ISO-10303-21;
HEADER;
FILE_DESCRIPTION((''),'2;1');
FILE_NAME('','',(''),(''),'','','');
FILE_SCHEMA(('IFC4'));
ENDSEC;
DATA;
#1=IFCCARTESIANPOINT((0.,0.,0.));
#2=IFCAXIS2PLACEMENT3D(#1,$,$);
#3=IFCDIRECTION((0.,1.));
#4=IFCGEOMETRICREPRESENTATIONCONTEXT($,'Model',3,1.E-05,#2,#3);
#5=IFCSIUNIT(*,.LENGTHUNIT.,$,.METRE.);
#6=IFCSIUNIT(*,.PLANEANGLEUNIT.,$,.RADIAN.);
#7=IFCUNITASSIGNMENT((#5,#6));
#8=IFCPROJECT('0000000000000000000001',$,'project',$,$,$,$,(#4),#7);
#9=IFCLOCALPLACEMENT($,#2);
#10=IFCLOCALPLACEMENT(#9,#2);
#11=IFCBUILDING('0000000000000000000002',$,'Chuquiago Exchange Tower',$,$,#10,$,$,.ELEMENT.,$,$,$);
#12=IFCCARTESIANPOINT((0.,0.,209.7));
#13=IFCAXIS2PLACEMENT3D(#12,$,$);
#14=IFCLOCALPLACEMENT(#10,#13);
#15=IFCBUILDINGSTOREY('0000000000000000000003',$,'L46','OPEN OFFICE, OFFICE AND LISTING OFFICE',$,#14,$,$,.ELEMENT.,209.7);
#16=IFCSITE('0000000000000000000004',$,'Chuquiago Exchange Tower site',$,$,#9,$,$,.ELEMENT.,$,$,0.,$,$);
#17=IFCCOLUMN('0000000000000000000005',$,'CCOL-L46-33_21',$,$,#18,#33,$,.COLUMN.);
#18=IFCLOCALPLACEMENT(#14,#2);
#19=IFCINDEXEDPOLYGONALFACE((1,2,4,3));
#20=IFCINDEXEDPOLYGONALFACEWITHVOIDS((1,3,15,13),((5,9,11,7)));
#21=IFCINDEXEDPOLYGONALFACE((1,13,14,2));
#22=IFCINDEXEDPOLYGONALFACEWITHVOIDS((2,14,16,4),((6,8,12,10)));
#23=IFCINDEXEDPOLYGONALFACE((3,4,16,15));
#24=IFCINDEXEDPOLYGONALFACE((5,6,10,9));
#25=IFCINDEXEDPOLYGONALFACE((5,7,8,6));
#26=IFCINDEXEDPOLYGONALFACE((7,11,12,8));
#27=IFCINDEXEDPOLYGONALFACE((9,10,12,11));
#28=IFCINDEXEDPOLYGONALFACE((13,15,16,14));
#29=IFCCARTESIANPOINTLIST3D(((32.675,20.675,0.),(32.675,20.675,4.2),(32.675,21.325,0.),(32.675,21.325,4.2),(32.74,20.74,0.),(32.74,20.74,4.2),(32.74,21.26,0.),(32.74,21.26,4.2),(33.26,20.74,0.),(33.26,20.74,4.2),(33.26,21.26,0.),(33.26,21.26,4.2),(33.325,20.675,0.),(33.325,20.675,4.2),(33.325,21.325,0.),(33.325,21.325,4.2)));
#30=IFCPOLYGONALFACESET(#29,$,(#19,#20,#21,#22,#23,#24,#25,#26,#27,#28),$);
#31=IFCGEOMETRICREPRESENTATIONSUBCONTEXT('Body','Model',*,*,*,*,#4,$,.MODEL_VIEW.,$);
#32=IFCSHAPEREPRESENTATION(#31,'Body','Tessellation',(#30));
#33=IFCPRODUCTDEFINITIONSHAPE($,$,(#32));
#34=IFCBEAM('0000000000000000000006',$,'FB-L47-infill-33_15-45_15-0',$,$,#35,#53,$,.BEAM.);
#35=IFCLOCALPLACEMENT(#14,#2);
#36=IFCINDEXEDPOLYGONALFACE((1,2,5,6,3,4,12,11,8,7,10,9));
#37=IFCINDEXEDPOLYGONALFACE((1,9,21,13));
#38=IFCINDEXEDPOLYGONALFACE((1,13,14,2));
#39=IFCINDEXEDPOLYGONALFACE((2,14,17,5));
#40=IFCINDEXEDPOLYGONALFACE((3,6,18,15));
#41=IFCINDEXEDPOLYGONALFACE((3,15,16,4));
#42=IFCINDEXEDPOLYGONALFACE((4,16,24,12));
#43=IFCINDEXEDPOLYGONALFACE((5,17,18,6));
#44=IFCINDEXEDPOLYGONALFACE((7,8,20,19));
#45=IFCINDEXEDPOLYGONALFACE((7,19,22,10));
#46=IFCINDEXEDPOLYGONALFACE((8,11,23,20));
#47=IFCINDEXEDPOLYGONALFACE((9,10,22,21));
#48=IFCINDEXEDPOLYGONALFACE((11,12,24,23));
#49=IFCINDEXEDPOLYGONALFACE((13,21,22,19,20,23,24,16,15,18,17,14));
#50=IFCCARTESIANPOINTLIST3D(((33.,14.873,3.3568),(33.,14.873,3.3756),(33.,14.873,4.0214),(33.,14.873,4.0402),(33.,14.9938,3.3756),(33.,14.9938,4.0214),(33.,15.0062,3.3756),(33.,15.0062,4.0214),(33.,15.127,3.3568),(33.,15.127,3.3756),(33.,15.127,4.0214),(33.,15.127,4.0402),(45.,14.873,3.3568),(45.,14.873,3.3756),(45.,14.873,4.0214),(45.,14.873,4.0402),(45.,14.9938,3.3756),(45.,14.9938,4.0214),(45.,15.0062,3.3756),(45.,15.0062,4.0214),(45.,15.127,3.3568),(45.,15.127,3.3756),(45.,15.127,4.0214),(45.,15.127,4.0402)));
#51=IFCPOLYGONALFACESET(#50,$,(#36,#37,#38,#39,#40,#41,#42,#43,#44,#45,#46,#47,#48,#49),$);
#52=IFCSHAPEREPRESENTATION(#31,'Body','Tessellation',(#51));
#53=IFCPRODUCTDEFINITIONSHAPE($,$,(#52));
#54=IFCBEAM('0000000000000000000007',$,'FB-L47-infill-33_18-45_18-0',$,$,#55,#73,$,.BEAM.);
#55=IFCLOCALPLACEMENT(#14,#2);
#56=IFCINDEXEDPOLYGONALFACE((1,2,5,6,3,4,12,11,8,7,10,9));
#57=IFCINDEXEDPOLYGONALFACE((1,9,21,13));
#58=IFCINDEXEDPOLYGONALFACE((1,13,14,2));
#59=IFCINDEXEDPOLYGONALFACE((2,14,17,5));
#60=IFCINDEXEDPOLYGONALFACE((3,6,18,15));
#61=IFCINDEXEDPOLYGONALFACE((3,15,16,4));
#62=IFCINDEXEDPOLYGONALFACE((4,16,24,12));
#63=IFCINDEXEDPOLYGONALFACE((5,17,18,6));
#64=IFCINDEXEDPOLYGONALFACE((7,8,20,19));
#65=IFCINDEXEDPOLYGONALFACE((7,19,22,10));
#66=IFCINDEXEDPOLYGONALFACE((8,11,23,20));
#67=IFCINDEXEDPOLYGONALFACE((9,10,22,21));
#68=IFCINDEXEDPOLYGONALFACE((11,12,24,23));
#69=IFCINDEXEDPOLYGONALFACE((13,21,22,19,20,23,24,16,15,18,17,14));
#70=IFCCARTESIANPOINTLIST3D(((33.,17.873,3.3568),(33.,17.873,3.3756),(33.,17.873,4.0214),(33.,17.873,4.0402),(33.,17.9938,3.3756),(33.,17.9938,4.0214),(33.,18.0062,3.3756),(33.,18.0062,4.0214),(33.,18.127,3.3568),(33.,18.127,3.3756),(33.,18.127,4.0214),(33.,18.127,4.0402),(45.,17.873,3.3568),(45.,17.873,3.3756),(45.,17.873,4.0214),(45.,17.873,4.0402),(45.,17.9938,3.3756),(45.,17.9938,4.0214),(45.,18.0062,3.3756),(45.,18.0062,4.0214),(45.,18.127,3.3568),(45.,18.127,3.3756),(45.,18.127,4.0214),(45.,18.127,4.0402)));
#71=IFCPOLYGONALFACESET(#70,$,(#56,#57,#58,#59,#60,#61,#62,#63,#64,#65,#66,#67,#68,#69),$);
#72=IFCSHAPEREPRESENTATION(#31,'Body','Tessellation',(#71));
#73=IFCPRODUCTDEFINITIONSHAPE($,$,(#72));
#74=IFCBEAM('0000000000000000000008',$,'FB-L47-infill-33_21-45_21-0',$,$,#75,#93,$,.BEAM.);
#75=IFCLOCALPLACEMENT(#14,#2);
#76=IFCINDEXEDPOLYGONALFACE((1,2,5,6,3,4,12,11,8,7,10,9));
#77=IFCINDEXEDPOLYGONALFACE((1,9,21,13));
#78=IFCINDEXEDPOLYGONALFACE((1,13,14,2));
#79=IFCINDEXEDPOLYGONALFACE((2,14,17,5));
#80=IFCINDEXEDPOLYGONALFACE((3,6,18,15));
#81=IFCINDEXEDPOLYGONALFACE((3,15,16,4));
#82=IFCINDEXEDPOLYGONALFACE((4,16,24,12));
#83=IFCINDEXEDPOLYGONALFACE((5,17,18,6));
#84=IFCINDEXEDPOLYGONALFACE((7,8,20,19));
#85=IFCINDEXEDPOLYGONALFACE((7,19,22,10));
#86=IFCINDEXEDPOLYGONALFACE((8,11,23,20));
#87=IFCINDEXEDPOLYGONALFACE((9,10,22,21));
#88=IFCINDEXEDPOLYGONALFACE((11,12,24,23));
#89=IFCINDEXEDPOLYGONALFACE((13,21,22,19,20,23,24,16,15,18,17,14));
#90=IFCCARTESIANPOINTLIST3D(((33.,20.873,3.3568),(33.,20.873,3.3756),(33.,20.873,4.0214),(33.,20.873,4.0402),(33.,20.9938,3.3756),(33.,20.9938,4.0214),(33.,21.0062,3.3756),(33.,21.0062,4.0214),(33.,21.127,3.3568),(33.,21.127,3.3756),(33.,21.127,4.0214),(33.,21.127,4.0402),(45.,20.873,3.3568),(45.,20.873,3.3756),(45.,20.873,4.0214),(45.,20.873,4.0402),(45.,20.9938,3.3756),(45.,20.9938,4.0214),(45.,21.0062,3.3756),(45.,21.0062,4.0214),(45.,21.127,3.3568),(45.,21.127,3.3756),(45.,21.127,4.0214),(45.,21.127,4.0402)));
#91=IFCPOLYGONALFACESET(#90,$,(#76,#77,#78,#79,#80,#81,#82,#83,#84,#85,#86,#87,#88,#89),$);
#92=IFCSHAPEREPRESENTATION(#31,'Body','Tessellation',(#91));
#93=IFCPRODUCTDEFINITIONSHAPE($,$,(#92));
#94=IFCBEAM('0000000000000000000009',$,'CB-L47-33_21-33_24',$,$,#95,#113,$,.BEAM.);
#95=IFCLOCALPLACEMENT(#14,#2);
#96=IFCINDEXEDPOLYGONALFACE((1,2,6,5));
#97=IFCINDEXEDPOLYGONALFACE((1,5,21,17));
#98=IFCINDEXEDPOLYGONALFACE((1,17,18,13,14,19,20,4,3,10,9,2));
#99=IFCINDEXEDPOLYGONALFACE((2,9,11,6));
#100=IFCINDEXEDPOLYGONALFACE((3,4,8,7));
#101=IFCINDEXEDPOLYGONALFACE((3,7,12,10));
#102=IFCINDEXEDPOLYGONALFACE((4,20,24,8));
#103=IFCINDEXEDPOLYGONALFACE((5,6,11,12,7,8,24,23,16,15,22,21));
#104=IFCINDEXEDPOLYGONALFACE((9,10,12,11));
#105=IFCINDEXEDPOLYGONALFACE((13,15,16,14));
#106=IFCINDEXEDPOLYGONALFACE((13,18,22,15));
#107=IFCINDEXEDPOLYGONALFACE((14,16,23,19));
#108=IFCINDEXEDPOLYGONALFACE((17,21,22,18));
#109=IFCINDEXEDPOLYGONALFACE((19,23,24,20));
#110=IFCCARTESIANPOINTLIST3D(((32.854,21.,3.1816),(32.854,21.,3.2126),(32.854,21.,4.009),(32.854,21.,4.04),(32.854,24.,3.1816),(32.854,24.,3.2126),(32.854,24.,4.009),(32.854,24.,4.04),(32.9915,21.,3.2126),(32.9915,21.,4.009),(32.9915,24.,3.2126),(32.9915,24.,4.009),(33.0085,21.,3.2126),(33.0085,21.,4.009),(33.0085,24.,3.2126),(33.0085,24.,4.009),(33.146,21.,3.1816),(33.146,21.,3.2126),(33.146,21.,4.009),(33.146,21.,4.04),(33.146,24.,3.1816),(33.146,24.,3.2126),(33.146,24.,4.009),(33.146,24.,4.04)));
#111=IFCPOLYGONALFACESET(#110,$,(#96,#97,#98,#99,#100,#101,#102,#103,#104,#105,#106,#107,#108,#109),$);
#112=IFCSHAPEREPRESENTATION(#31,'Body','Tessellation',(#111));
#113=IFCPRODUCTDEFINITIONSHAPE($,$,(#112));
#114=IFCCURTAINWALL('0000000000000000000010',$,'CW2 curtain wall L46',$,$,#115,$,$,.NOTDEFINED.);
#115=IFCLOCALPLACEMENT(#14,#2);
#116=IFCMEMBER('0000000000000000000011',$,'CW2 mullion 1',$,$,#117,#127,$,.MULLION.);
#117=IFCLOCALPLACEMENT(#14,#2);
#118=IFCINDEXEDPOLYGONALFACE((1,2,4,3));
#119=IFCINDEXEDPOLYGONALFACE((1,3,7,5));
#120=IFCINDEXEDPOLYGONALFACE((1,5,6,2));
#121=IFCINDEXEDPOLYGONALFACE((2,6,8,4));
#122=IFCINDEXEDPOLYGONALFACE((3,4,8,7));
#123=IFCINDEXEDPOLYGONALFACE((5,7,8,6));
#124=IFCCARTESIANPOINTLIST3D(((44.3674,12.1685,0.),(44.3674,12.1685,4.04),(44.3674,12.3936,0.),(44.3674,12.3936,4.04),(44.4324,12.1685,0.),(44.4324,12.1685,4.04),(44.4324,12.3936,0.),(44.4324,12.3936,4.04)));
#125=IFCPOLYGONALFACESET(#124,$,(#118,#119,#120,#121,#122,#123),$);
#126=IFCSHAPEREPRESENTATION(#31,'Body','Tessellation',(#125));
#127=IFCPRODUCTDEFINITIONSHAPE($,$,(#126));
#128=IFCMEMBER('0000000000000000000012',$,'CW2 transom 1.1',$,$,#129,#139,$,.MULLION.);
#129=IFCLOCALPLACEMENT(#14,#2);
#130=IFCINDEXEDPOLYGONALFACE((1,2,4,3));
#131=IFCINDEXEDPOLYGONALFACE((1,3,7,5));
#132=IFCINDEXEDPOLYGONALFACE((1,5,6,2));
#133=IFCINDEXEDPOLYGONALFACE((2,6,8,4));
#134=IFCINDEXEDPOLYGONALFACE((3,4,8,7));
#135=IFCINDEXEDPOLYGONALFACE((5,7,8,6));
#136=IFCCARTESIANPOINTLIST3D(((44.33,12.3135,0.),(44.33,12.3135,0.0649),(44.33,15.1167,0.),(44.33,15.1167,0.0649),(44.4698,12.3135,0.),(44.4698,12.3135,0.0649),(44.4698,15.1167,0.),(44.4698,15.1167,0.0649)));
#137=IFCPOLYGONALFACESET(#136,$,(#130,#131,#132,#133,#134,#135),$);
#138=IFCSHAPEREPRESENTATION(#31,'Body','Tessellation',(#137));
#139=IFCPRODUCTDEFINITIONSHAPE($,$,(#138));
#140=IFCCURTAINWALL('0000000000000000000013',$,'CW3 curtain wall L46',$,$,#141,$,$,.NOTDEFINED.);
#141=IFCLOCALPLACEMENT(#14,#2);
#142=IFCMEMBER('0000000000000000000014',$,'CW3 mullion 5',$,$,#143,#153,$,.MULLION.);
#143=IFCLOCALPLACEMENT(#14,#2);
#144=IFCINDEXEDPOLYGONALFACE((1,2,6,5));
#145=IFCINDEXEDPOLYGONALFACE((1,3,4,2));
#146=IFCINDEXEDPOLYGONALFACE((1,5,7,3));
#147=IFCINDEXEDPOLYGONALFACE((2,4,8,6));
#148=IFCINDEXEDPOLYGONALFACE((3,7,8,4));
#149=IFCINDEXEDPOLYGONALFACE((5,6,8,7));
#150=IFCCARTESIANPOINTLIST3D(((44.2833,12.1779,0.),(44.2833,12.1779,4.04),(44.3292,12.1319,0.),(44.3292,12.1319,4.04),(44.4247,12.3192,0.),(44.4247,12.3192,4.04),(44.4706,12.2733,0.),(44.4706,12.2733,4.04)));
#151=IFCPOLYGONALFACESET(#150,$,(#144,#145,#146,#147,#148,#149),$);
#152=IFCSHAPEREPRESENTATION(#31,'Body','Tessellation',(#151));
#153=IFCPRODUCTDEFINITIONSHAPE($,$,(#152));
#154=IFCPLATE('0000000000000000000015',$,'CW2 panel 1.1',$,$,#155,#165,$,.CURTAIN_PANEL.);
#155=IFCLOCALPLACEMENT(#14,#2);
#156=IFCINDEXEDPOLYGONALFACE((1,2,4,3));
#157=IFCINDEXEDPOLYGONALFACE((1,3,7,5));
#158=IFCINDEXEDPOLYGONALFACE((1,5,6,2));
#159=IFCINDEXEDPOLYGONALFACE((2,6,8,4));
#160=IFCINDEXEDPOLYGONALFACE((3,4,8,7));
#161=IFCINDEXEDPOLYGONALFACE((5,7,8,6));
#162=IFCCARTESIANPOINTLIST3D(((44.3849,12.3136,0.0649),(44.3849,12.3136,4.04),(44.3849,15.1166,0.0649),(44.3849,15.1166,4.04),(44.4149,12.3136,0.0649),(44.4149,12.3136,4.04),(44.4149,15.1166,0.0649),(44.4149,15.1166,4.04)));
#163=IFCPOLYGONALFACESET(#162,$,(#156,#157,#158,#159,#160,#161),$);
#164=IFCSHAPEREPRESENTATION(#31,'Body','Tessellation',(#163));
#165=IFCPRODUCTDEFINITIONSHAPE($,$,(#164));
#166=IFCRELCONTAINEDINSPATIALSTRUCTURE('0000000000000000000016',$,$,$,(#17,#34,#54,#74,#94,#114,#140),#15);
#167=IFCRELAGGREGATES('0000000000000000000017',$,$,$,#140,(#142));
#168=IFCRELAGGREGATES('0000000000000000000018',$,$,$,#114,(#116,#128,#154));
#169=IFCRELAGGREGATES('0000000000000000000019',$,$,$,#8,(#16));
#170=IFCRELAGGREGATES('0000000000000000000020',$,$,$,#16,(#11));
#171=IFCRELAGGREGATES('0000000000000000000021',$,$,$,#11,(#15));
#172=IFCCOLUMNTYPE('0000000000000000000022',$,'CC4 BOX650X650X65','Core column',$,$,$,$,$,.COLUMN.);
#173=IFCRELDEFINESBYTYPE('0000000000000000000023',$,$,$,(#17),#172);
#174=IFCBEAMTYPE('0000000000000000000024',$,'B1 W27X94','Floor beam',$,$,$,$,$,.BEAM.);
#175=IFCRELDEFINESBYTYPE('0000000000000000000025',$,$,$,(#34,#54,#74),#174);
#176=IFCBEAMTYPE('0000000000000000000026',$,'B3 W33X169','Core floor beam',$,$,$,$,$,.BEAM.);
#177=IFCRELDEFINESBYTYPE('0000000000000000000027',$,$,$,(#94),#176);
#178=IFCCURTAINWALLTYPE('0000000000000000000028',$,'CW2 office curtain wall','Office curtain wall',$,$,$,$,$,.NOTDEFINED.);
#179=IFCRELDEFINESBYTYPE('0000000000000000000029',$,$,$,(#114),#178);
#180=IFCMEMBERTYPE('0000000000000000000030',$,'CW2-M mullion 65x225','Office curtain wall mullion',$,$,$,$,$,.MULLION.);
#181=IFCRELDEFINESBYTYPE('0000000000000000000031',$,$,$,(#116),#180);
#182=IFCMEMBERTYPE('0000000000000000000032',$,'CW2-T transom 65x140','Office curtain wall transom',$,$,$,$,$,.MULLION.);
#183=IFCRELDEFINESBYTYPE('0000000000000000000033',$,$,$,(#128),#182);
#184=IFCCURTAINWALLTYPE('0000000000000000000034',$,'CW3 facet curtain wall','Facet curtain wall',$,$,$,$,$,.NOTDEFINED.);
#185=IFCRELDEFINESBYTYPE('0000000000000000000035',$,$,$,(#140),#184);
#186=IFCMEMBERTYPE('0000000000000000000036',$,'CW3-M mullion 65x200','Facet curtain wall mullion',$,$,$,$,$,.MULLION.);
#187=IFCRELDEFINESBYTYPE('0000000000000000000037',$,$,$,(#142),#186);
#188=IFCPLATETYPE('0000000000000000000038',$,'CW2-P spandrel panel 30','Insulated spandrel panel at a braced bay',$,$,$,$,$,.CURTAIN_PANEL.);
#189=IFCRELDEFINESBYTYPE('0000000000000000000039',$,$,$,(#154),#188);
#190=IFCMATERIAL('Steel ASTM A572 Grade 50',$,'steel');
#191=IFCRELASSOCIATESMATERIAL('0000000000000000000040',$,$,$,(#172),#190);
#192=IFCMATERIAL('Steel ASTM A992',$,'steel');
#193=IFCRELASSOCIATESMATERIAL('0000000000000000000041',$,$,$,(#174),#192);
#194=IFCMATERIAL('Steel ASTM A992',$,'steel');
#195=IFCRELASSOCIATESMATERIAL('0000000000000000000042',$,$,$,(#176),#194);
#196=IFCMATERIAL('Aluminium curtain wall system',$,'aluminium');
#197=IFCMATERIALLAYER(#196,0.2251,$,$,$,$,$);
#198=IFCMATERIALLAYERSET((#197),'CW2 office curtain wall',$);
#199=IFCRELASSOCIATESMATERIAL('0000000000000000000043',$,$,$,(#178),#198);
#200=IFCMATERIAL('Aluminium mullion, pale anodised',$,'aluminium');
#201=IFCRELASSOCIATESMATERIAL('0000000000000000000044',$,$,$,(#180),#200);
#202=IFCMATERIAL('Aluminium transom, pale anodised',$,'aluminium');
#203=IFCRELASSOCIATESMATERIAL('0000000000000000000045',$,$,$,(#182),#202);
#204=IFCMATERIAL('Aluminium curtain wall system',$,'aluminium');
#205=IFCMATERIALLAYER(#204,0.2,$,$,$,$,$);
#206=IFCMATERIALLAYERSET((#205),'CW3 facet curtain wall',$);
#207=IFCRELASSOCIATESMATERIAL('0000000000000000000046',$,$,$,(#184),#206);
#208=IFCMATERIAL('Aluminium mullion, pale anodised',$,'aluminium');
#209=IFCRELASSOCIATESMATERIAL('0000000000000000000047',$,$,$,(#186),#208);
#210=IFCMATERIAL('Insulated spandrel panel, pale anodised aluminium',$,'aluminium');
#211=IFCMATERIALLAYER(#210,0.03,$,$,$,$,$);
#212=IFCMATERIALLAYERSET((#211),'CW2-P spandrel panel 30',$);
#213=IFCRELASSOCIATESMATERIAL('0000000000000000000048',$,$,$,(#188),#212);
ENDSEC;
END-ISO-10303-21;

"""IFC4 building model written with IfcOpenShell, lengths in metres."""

from ifc_helpers import new_model, si_unit, direction, frame, origin, origin_2d, place, context, subcontext, project, spatial, rectangle, hollow_rectangle, i_section, extrude, material, layer, layer_set, material_profile, profile_set, type_object, element, aggregate, save


model = new_model("IFC4")

# Units and contexts
model_context = context("Model", 3, precision=1e-05, world=origin(), true_north=direction((0.0, 1.0)))
body_context = subcontext(model_context, "Body", "Model", "MODEL_VIEW")
ifc_project = project(units=[si_unit("LENGTHUNIT", "METRE"), si_unit("PLANEANGLEUNIT", "RADIAN")], contexts=[model_context])

# Site, building, storey
site_placement = place(None, origin())
site = spatial("IfcSite", under=ifc_project, at=site_placement, Name="Chuquiago Exchange Tower site", CompositionType="ELEMENT", RefElevation=0.0)
building_placement = place(site_placement, origin())
building = spatial("IfcBuilding", under=site, at=building_placement, Name="Chuquiago Exchange Tower", CompositionType="ELEMENT")
storey_placement = place(building_placement, frame((0.0, 0.0, 209.7)))
storey = spatial("IfcBuildingStorey", under=building, at=storey_placement, Name="L46", Description="OPEN OFFICE, OFFICE AND LISTING OFFICE", CompositionType="ELEMENT", Elevation=209.7)

# Column
ifc_material_1 = material(Name="Steel ASTM A572 Grade 50", Category="steel")
ifc_material_profile_1 = material_profile(ifc_material_1, hollow_rectangle(XDim=0.6499, YDim=0.6499, WallThickness=0.0649, at=origin_2d()), Name="BOX650X650X65")
ifc_profile_set_1 = profile_set([ifc_material_profile_1], Name="Steel ASTM A572 Grade 50")
column_type = type_object("IfcColumnType", Name="CC4 BOX650X650X65", Description="Core column", PredefinedType="COLUMN", material=ifc_profile_set_1)
column_placement = place(storey_placement, frame((33.0, 21.0, 0.0), z_axis=(0.0, 0.0, 1.0), x_axis=(1.0, 0.0, 0.0)))
element("IfcColumn", 1, at=column_placement, inside=storey, type_object=column_type, Name="CCOL-L46-33_21", PredefinedType="COLUMN", context=body_context, shape_type="SweptSolid", body=[
    extrude(hollow_rectangle(XDim=0.6499, YDim=0.6499, WallThickness=0.0649, at=origin_2d()), origin(), (0.0, 0.0, 1.0), 4.2),
])

# Beams
ifc_material_2 = material(Name="Steel ASTM A992", Category="steel")
ifc_material_profile_2 = material_profile(ifc_material_2, i_section(OverallWidth=0.2539, OverallDepth=0.6833, WebThickness=0.0125, FlangeThickness=0.0188, at=origin_2d()), Name="W27X94")
ifc_profile_set_2 = profile_set([ifc_material_profile_2], Name="Steel ASTM A992")
beam_type_1 = type_object("IfcBeamType", Name="B1 W27X94", Description="Floor beam", PredefinedType="BEAM", material=ifc_profile_set_2)
for number, where, z_axis, x_axis, name in (
    (2, (33.0, 15.0, 3.6985), (1.0, 0.0, 0.0), (0.0, 1.0, 0.0), "FB-L47-infill-33_15-45_15-0"),
    (3, (33.0, 18.0, 3.6985), (1.0, 0.0, 0.0), (0.0, 1.0, 0.0), "FB-L47-infill-33_18-45_18-0"),
    (4, (33.0, 21.0, 3.6985), (1.0, 0.0, 0.0), (0.0, 1.0, 0.0), "FB-L47-infill-33_21-45_21-0"),
):
    element("IfcBeam", number, at=place(storey_placement, frame(where, z_axis=z_axis, x_axis=x_axis)), inside=storey, type_object=beam_type_1, Name=name, PredefinedType="BEAM", context=body_context, shape_type="SweptSolid", body=[
        extrude(i_section(OverallWidth=0.2539, OverallDepth=0.6833, WebThickness=0.0125, FlangeThickness=0.0188, at=origin_2d()), origin(), (0.0, 0.0, 1.0), 12.0),
    ])
ifc_material_3 = material(Name="Steel ASTM A992", Category="steel")
ifc_material_profile_3 = material_profile(ifc_material_3, i_section(OverallWidth=0.292, OverallDepth=0.8584, WebThickness=0.0171, FlangeThickness=0.031, at=origin_2d()), Name="W33X169")
ifc_profile_set_3 = profile_set([ifc_material_profile_3], Name="Steel ASTM A992")
beam_type_2 = type_object("IfcBeamType", Name="B3 W33X169", Description="Core floor beam", PredefinedType="BEAM", material=ifc_profile_set_3)
beam_placement = place(storey_placement, frame((33.0, 21.0, 3.6108), z_axis=(0.0, 1.0, 0.0), x_axis=(-1.0, 0.0, 0.0)))
element("IfcBeam", 5, at=beam_placement, inside=storey, type_object=beam_type_2, Name="CB-L47-33_21-33_24", PredefinedType="BEAM", context=body_context, shape_type="SweptSolid", body=[
    extrude(i_section(OverallWidth=0.292, OverallDepth=0.8584, WebThickness=0.0171, FlangeThickness=0.031, at=origin_2d()), origin(), (0.0, 0.0, 1.0), 3.0),
])

# Curtain wall, members
ifc_material_4 = material(Name="Aluminium curtain wall system", Category="aluminium")
ifc_layer_1 = layer(ifc_material_4, 0.2251)
ifc_layer_set_1 = layer_set([ifc_layer_1], Name="CW2 office curtain wall")
curtain_wall_type_1 = type_object("IfcCurtainWallType", Name="CW2 office curtain wall", Description="Office curtain wall", PredefinedType="NOTDEFINED", material=ifc_layer_set_1)
curtain_wall_1_placement = place(storey_placement, origin())
curtain_wall_1 = element("IfcCurtainWall", 6, at=curtain_wall_1_placement, inside=storey, type_object=curtain_wall_type_1, Name="CW2 curtain wall L46", PredefinedType="NOTDEFINED")
ifc_material_5 = material(Name="Aluminium mullion, pale anodised", Category="aluminium")
ifc_material_profile_4 = material_profile(ifc_material_5, rectangle(XDim=0.0649, YDim=0.2251, at=origin_2d()), Name="AL 65x225")
ifc_profile_set_4 = profile_set([ifc_material_profile_4], Name="Aluminium mullion, pale anodised")
member_type_1 = type_object("IfcMemberType", Name="CW2-M mullion 65x225", Description="Office curtain wall mullion", PredefinedType="MULLION", material=ifc_profile_set_4)
member_1_placement = place(storey_placement, frame((44.3999, 12.281, 0.0), z_axis=(0.0, 0.0, 1.0), x_axis=(-1.0, 0.0, 0.0)))
member_1 = element("IfcMember", 7, at=member_1_placement, type_object=member_type_1, Name="CW2 mullion 1", PredefinedType="MULLION", context=body_context, shape_type="SweptSolid", body=[
    extrude(rectangle(XDim=0.0649, YDim=0.2251, at=origin_2d()), origin(), (0.0, 0.0, 1.0), 4.04),
])
ifc_material_6 = material(Name="Aluminium transom, pale anodised", Category="aluminium")
ifc_material_profile_5 = material_profile(ifc_material_6, rectangle(XDim=0.1399, YDim=0.0649, at=origin_2d()), Name="AL 140x65")
ifc_profile_set_5 = profile_set([ifc_material_profile_5], Name="Aluminium transom, pale anodised")
member_type_2 = type_object("IfcMemberType", Name="CW2-T transom 65x140", Description="Office curtain wall transom", PredefinedType="MULLION", material=ifc_profile_set_5)
member_2_placement = place(storey_placement, frame((44.3999, 12.3135, 0.0325), z_axis=(0.0, 1.0, 0.0), x_axis=(-1.0, 0.0, 0.0)))
member_2 = element("IfcMember", 8, at=member_2_placement, type_object=member_type_2, Name="CW2 transom 1.1", PredefinedType="MULLION", context=body_context, shape_type="SweptSolid", body=[
    extrude(rectangle(XDim=0.1399, YDim=0.0649, at=origin_2d()), origin(), (0.0, 0.0, 1.0), 2.8032),
])

# Curtain wall, member
ifc_material_7 = material(Name="Aluminium curtain wall system", Category="aluminium")
ifc_layer_2 = layer(ifc_material_7, 0.2)
ifc_layer_set_2 = layer_set([ifc_layer_2], Name="CW3 facet curtain wall")
curtain_wall_type_2 = type_object("IfcCurtainWallType", Name="CW3 facet curtain wall", Description="Facet curtain wall", PredefinedType="NOTDEFINED", material=ifc_layer_set_2)
curtain_wall_2_placement = place(storey_placement, origin())
curtain_wall_2 = element("IfcCurtainWall", 9, at=curtain_wall_2_placement, inside=storey, type_object=curtain_wall_type_2, Name="CW3 curtain wall L46", PredefinedType="NOTDEFINED")
ifc_material_8 = material(Name="Aluminium mullion, pale anodised", Category="aluminium")
ifc_material_profile_6 = material_profile(ifc_material_8, rectangle(XDim=0.0649, YDim=0.2, at=origin_2d()), Name="AL 65x200")
ifc_profile_set_6 = profile_set([ifc_material_profile_6], Name="Aluminium mullion, pale anodised")
member_type_3 = type_object("IfcMemberType", Name="CW3-M mullion 65x200", Description="Facet curtain wall mullion", PredefinedType="MULLION", material=ifc_profile_set_6)
member_3_placement = place(storey_placement, frame((44.377, 12.2256, 0.0), z_axis=(0.0, 0.0, 1.0), x_axis=(-0.707107, 0.707107, 0.0)))
member_3 = element("IfcMember", 10, at=member_3_placement, type_object=member_type_3, Name="CW3 mullion 5", PredefinedType="MULLION", context=body_context, shape_type="SweptSolid", body=[
    extrude(rectangle(XDim=0.0649, YDim=0.2, at=origin_2d()), origin(), (0.0, 0.0, 1.0), 4.04),
])
aggregate(curtain_wall_2, [member_3])

# Plate
ifc_material_9 = material(Name="Insulated spandrel panel, pale anodised aluminium", Category="aluminium")
ifc_layer_3 = layer(ifc_material_9, 0.03)
ifc_layer_set_3 = layer_set([ifc_layer_3], Name="CW2-P spandrel panel 30")
plate_type = type_object("IfcPlateType", Name="CW2-P spandrel panel 30", Description="Insulated spandrel panel at a braced bay", PredefinedType="CURTAIN_PANEL", material=ifc_layer_set_3)
plate_placement = place(storey_placement, frame((44.3999, 13.7151, 0.0649), z_axis=(0.0, 0.0, 1.0), x_axis=(0.0, 1.0, 0.0)))
plate = element("IfcPlate", 11, at=plate_placement, type_object=plate_type, Name="CW2 panel 1.1", PredefinedType="CURTAIN_PANEL", context=body_context, shape_type="SweptSolid", body=[
    extrude(rectangle(XDim=2.803, YDim=0.03, at=origin_2d()), origin(), (0.0, 0.0, 1.0), 3.9751),
])
aggregate(curtain_wall_1, [member_1, member_2, plate])

save(model, "model.ifc")
